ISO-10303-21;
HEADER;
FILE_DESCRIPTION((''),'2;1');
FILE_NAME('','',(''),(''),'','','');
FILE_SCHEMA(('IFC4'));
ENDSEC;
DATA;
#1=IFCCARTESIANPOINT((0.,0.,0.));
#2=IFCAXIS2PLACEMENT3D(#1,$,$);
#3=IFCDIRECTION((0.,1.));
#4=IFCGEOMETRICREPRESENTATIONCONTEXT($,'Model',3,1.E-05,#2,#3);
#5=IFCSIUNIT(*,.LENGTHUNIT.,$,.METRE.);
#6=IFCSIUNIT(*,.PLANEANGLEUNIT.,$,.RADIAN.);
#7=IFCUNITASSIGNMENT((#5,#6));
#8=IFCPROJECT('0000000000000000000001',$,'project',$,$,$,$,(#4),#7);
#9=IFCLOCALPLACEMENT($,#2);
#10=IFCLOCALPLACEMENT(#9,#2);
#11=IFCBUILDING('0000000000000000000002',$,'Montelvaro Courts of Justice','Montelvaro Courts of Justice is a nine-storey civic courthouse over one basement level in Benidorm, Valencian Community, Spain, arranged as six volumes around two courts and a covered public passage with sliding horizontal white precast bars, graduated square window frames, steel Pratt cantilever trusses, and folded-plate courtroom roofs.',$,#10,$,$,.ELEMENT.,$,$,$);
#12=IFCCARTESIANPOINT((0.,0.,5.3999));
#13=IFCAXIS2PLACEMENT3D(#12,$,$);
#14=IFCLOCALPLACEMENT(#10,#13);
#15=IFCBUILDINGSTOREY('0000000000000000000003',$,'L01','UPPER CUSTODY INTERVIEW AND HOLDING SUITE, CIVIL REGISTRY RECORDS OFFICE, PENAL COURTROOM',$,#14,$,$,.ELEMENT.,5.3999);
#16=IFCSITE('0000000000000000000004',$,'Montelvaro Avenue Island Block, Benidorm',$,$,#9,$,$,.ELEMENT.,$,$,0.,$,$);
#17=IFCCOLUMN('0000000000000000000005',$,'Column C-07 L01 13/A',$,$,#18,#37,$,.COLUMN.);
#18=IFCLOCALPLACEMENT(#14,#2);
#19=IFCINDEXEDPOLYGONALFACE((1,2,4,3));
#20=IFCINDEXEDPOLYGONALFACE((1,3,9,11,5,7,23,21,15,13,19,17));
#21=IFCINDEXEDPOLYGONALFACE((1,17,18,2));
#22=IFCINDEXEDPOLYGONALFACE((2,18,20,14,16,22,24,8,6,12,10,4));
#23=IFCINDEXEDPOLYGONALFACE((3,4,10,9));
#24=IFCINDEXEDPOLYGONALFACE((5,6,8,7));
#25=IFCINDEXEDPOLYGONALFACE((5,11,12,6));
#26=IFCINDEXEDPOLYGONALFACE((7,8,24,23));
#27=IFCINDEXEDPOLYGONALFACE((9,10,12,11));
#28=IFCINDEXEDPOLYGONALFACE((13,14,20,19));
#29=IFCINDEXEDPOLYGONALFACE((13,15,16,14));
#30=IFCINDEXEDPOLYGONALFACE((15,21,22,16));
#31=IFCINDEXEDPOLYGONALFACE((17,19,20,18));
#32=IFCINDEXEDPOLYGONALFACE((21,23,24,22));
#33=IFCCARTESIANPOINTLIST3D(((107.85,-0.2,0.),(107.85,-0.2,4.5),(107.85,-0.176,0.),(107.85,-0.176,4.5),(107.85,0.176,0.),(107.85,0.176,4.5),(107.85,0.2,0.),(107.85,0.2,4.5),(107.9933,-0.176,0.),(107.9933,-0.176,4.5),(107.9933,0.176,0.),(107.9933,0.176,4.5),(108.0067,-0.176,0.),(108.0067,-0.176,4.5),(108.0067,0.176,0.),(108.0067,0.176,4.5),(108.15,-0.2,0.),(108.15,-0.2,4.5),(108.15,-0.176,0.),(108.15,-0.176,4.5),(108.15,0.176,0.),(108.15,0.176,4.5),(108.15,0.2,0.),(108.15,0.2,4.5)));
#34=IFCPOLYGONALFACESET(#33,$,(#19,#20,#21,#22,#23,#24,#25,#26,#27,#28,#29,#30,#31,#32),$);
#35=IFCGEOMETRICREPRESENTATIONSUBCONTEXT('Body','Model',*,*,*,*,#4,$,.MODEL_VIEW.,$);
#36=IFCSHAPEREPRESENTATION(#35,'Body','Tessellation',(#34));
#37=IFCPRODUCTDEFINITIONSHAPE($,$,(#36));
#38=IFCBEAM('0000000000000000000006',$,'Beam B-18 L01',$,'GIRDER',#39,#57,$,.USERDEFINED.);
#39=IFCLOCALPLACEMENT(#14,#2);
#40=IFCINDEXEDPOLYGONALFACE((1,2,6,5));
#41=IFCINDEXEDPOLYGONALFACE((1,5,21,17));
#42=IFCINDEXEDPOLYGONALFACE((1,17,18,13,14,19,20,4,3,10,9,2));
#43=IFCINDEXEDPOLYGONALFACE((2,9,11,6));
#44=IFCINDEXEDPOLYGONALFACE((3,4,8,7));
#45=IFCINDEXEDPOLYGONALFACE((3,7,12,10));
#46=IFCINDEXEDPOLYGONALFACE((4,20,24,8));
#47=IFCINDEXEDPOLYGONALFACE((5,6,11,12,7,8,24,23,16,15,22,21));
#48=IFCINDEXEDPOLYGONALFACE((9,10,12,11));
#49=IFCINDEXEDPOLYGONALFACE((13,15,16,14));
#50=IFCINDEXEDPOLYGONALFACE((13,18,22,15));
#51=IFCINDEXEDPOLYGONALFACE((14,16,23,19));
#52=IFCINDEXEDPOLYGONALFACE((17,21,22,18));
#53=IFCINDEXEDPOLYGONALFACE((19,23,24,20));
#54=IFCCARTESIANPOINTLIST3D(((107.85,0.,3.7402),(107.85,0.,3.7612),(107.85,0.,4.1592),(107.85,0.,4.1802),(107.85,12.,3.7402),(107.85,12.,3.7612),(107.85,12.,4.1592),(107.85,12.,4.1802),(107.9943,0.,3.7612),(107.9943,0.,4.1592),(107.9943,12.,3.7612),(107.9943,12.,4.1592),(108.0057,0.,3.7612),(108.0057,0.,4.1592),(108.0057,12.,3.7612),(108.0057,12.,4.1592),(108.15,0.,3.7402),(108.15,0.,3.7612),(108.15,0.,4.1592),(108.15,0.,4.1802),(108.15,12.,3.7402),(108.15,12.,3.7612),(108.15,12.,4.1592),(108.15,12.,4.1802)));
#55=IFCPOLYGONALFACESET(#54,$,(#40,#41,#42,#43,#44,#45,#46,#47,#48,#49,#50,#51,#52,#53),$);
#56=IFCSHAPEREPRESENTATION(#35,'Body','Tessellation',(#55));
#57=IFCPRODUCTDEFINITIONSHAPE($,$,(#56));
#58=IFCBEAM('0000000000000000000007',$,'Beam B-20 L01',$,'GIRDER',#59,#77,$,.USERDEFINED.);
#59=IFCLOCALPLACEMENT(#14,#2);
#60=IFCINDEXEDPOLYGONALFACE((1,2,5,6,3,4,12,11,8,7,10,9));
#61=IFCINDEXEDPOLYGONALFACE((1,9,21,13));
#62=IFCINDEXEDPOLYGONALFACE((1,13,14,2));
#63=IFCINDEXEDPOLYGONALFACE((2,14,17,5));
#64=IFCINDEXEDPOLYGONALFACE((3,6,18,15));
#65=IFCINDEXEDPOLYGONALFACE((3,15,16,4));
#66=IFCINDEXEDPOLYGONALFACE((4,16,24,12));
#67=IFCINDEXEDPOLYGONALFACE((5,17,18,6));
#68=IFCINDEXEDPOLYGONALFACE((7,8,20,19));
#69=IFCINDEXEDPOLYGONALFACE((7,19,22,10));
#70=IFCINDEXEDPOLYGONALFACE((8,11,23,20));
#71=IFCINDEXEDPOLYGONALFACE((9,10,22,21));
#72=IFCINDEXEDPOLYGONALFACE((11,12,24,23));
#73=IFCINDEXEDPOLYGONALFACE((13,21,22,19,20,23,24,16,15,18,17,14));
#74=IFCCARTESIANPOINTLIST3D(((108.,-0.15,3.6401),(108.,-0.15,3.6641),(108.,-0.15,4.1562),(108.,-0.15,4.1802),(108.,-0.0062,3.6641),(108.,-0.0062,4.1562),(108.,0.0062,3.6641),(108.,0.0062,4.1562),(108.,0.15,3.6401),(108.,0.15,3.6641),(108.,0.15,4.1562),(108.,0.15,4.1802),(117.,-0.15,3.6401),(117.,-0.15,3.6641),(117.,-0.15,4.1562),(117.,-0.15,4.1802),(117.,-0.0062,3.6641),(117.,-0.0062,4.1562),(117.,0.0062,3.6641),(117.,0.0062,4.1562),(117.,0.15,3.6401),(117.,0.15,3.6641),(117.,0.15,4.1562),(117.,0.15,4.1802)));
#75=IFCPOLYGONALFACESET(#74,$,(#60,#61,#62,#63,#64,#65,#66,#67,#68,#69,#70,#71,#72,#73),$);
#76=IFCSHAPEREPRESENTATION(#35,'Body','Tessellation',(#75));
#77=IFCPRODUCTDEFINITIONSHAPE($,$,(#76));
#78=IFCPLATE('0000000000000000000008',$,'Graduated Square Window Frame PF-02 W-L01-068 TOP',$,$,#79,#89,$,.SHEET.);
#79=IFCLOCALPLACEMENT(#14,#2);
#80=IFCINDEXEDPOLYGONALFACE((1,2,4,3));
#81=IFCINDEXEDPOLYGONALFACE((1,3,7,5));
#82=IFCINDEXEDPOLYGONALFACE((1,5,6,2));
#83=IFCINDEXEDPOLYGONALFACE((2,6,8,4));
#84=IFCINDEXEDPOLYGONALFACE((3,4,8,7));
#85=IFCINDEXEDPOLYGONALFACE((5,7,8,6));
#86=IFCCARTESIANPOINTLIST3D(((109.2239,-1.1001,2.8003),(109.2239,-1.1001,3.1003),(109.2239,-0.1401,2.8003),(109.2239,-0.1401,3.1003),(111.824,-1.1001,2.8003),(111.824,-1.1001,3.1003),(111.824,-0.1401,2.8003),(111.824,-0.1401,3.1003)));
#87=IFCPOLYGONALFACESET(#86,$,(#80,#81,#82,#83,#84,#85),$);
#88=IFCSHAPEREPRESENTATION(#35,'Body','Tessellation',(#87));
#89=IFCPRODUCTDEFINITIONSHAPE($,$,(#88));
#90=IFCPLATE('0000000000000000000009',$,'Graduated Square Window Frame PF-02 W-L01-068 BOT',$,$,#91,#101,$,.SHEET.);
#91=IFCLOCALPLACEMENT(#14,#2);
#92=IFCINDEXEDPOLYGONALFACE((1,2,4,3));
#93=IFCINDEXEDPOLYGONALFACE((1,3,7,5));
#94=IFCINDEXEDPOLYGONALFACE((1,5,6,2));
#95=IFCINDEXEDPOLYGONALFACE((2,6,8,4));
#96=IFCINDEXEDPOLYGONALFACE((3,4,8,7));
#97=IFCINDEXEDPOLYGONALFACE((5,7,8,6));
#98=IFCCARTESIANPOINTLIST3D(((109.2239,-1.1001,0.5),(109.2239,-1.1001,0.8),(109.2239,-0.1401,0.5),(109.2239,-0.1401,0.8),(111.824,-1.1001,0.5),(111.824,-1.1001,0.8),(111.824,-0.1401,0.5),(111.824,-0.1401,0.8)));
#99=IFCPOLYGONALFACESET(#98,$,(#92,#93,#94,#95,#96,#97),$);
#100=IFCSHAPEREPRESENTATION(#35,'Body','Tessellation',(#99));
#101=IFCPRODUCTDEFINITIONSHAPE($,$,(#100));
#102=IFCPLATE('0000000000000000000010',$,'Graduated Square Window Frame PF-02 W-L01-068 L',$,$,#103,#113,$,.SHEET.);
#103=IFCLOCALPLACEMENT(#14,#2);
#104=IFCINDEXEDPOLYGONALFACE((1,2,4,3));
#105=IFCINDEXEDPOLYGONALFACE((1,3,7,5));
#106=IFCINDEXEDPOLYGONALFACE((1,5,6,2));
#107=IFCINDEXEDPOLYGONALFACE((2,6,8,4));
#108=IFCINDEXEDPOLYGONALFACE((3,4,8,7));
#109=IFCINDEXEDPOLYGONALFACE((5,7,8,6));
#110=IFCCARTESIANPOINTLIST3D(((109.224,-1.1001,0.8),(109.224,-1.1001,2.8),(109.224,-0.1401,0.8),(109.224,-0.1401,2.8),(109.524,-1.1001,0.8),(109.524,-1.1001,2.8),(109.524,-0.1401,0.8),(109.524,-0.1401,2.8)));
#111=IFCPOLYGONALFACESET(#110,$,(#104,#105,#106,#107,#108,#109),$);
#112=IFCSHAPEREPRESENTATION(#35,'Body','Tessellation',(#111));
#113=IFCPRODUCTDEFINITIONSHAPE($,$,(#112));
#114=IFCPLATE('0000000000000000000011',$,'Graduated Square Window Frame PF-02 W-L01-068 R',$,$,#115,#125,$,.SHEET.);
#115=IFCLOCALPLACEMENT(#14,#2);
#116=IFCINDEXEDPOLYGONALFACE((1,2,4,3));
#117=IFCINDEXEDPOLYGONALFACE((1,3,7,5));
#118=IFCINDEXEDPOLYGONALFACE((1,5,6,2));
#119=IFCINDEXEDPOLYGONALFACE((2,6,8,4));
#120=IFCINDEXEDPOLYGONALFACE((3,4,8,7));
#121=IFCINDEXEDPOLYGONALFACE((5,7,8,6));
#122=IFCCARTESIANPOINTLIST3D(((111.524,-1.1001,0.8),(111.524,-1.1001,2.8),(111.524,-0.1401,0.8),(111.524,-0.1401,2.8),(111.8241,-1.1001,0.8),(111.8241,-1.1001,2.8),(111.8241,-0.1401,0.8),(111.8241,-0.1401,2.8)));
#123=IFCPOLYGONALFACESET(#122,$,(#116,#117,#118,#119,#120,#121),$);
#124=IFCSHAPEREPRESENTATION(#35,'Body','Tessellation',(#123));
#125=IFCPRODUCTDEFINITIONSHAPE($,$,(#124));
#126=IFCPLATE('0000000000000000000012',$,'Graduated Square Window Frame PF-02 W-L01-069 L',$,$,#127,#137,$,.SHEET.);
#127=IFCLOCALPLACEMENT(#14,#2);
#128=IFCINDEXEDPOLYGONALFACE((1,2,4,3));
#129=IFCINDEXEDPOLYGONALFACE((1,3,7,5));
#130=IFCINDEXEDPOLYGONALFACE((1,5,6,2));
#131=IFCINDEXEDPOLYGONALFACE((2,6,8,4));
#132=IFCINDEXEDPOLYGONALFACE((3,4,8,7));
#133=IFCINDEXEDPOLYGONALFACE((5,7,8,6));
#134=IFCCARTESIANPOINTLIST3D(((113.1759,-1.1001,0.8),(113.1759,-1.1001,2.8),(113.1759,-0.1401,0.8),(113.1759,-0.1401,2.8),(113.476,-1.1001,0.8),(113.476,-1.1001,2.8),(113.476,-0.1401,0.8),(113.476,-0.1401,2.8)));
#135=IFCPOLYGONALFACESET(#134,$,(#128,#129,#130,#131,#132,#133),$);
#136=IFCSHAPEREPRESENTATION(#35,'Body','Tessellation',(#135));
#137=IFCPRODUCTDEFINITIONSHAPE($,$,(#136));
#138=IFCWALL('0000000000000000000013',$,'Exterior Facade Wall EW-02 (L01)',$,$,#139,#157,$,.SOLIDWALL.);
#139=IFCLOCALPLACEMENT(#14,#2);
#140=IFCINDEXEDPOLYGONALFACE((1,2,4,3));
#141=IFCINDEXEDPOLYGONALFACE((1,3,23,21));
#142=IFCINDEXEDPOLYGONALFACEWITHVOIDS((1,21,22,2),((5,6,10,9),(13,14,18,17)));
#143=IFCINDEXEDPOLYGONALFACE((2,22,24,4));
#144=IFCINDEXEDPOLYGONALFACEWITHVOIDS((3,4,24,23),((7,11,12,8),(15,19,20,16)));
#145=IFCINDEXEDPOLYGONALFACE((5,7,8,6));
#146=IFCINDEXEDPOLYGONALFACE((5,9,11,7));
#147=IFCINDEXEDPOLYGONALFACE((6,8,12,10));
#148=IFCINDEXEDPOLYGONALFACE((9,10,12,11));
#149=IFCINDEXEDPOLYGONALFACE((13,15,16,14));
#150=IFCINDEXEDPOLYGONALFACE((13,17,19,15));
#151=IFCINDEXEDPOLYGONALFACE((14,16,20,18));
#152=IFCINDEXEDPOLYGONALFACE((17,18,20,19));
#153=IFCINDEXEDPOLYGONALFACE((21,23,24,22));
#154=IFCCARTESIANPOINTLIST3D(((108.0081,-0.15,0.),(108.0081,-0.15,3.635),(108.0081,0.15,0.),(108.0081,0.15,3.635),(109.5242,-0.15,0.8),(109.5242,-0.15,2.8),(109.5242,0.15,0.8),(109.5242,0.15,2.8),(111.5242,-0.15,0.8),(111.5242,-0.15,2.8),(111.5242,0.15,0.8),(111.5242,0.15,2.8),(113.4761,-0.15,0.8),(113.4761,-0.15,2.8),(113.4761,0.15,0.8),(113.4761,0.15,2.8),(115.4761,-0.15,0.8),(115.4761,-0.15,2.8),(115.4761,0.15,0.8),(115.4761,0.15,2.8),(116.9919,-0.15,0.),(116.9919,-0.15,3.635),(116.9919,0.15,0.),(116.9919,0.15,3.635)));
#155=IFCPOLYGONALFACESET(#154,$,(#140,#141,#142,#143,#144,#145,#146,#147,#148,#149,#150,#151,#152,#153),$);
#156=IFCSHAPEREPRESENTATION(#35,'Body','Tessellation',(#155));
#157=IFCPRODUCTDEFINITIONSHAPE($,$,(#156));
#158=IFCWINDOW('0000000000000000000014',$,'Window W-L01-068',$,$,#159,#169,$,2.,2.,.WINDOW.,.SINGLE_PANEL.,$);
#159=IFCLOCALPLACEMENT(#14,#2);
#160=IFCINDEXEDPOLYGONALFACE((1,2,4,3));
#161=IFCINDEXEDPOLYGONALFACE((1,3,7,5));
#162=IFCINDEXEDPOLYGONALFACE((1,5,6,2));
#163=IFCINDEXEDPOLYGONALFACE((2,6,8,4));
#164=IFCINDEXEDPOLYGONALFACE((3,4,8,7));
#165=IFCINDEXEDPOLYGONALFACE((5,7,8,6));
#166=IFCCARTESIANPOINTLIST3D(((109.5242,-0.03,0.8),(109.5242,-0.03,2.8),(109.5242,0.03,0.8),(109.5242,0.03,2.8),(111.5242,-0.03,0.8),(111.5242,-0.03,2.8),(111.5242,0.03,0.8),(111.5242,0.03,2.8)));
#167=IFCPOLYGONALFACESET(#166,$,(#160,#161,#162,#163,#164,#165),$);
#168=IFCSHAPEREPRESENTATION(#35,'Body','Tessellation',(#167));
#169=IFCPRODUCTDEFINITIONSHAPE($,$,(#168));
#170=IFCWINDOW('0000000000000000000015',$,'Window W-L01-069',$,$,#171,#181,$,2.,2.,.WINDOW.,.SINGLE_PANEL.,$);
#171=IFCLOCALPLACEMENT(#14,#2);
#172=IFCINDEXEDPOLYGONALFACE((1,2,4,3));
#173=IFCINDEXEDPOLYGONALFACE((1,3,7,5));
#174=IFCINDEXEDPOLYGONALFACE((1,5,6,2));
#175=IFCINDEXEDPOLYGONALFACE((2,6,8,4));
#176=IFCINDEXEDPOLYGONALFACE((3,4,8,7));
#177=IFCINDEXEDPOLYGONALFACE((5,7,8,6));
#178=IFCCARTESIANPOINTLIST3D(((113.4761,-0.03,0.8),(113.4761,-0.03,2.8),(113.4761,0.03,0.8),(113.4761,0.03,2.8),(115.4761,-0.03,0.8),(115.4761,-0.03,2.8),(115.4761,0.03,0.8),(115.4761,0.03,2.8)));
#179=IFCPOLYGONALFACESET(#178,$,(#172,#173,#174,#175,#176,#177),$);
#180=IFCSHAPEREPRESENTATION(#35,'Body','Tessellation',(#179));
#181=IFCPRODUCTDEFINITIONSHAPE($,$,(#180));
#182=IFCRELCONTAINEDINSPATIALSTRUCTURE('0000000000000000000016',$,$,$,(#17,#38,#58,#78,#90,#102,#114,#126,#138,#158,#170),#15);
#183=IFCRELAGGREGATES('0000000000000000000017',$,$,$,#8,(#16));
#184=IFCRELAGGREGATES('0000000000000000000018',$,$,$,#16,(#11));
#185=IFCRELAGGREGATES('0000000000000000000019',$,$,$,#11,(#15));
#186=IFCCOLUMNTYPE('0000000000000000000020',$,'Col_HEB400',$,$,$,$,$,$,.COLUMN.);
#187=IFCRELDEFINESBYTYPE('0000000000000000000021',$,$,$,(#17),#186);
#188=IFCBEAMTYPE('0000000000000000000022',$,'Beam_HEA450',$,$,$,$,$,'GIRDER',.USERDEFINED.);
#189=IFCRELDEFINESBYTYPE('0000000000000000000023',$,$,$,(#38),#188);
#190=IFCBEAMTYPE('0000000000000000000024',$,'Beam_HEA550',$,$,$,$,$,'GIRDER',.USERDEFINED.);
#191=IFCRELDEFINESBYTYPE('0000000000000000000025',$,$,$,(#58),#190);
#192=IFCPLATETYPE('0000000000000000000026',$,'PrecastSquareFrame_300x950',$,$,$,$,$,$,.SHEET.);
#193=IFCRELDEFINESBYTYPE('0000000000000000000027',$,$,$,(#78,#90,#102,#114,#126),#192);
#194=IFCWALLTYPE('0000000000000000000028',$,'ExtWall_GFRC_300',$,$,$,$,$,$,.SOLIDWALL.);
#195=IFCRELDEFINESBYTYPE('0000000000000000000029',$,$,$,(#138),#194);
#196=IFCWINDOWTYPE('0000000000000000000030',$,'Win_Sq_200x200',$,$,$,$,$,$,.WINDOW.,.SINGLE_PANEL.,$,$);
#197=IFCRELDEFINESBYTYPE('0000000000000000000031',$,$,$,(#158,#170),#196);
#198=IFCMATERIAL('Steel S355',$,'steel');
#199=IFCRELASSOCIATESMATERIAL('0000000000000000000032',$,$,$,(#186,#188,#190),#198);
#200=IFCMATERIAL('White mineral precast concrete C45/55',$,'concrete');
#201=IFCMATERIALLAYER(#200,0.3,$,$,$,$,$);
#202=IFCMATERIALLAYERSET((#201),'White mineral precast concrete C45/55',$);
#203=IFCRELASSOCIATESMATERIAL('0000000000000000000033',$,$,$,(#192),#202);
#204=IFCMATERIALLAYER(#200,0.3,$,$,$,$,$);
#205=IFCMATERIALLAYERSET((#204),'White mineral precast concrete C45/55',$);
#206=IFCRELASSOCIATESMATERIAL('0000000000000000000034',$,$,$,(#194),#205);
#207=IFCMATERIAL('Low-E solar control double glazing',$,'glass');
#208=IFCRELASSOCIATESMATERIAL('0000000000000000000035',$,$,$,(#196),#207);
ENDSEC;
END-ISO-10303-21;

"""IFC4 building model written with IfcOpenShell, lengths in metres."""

from ifc_helpers import new_model, si_unit, direction, frame, frame_2d, origin, origin_2d, place, context, subcontext, project, spatial, rectangle, i_section, extrude, material, layer, layer_set, material_profile, profile_set, type_object, element, fill, save


model = new_model("IFC4")

# Units and contexts
model_context = context("Model", 3, precision=1e-05, world=origin(), true_north=direction((0.0, 1.0)))
body_context = subcontext(model_context, "Body", "Model", "MODEL_VIEW")
ifc_project = project(units=[si_unit("LENGTHUNIT", "METRE"), si_unit("PLANEANGLEUNIT", "RADIAN")], contexts=[model_context])

# Site, building, storey
site_placement = place(None, origin())
site = spatial("IfcSite", under=ifc_project, at=site_placement, Name="Montelvaro Avenue Island Block, Benidorm", CompositionType="ELEMENT", RefElevation=0.0)
building_placement = place(site_placement, origin())
building = spatial("IfcBuilding", under=site, at=building_placement, Name="Montelvaro Courts of Justice", Description="Montelvaro Courts of Justice is a nine-storey civic courthouse over one basement level in Benidorm, Valencian Community, Spain, arranged as six volumes around two courts and a covered public passage with sliding horizontal white precast bars, graduated square window frames, steel Pratt cantilever trusses, and folded-plate courtroom roofs.", CompositionType="ELEMENT")
storey_placement = place(building_placement, frame((0.0, 0.0, 5.3999)))
storey = spatial("IfcBuildingStorey", under=building, at=storey_placement, Name="L01", Description="UPPER CUSTODY INTERVIEW AND HOLDING SUITE, CIVIL REGISTRY RECORDS OFFICE, PENAL COURTROOM", CompositionType="ELEMENT", Elevation=5.3999)

# Column
ifc_material_1 = material(Name="Steel S355", Category="steel")
ifc_material_profile_1 = material_profile(ifc_material_1, i_section(OverallWidth=0.3, OverallDepth=0.3999, WebThickness=0.0134, FlangeThickness=0.0239, at=origin_2d()), Name="HEB 400")
ifc_profile_set_1 = profile_set([ifc_material_profile_1], Name="Steel S355")
column_type = type_object("IfcColumnType", Name="Col_HEB400", PredefinedType="COLUMN", material=ifc_profile_set_1)
column_placement = place(storey_placement, frame((108.0, 0.0, 0.0), z_axis=(0.0, 0.0, 1.0), x_axis=(1.0, 0.0, 0.0)))
element("IfcColumn", 1, at=column_placement, inside=storey, type_object=column_type, Name="Column C-07 L01 13/A", PredefinedType="COLUMN", context=body_context, shape_type="SweptSolid", body=[
    extrude(i_section(OverallWidth=0.3, OverallDepth=0.3999, WebThickness=0.0134, FlangeThickness=0.0239, at=origin_2d()), origin(), (0.0, 0.0, 1.0), 4.5),
])

# Beams
ifc_material_profile_2 = material_profile(ifc_material_1, i_section(OverallWidth=0.3, OverallDepth=0.4399, WebThickness=0.0115, FlangeThickness=0.021, at=origin_2d()), Name="HEA 450")
ifc_profile_set_2 = profile_set([ifc_material_profile_2], Name="Steel S355")
beam_type_1 = type_object("IfcBeamType", Name="Beam_HEA450", ElementType="GIRDER", PredefinedType="USERDEFINED", material=ifc_profile_set_2)
beam_1_placement = place(storey_placement, frame((108.0, 0.0, 3.9602), z_axis=(0.0, 1.0, 0.0), x_axis=(-1.0, 0.0, 0.0)))
element("IfcBeam", 2, at=beam_1_placement, inside=storey, type_object=beam_type_1, Name="Beam B-18 L01", ObjectType="GIRDER", PredefinedType="USERDEFINED", context=body_context, shape_type="SweptSolid", body=[
    extrude(i_section(OverallWidth=0.3, OverallDepth=0.4399, WebThickness=0.0115, FlangeThickness=0.021, at=origin_2d()), origin(), (0.0, 0.0, 1.0), 12.0),
])
ifc_material_profile_3 = material_profile(ifc_material_1, i_section(OverallWidth=0.3, OverallDepth=0.54, WebThickness=0.0125, FlangeThickness=0.0239, at=origin_2d()), Name="HEA 550")
ifc_profile_set_3 = profile_set([ifc_material_profile_3], Name="Steel S355")
beam_type_2 = type_object("IfcBeamType", Name="Beam_HEA550", ElementType="GIRDER", PredefinedType="USERDEFINED", material=ifc_profile_set_3)
beam_2_placement = place(storey_placement, frame((108.0, 0.0, 3.9102), z_axis=(1.0, 0.0, 0.0), x_axis=(0.0, 1.0, 0.0)))
element("IfcBeam", 3, at=beam_2_placement, inside=storey, type_object=beam_type_2, Name="Beam B-20 L01", ObjectType="GIRDER", PredefinedType="USERDEFINED", context=body_context, shape_type="SweptSolid", body=[
    extrude(i_section(OverallWidth=0.3, OverallDepth=0.54, WebThickness=0.0125, FlangeThickness=0.0239, at=origin_2d()), origin(), (0.0, 0.0, 1.0), 9.0),
])

# Plates
ifc_material_2 = material(Name="White mineral precast concrete C45/55", Category="concrete")
ifc_layer_1 = layer(ifc_material_2, 0.3)
ifc_layer_set_1 = layer_set([ifc_layer_1], Name="White mineral precast concrete C45/55")
plate_type = type_object("IfcPlateType", Name="PrecastSquareFrame_300x950", PredefinedType="SHEET", material=ifc_layer_set_1)
for number, where, z_axis, x_axis, name in (
    (4, (110.5239, -0.6201, 2.8003), (0.0, 0.0, 1.0), (1.0, 0.0, 0.0), "Graduated Square Window Frame PF-02 W-L01-068 TOP"),
    (5, (110.5239, -0.6201, 0.5), (0.0, 0.0, 1.0), (1.0, 0.0, 0.0), "Graduated Square Window Frame PF-02 W-L01-068 BOT"),
):
    element("IfcPlate", number, at=place(storey_placement, frame(where, z_axis=z_axis, x_axis=x_axis)), inside=storey, type_object=plate_type, Name=name, PredefinedType="SHEET", context=body_context, shape_type="SweptSolid", body=[
        extrude(rectangle(XDim=2.6001, YDim=0.96, at=origin_2d()), origin(), (0.0, 0.0, 1.0), 0.3),
    ])
for number, where, z_axis, x_axis, name in (
    (6, (109.374, -0.6201, 0.8), (0.0, 0.0, 1.0), (1.0, 0.0, 0.0), "Graduated Square Window Frame PF-02 W-L01-068 L"),
    (7, (111.6741, -0.6201, 0.8), (0.0, 0.0, 1.0), (1.0, 0.0, 0.0), "Graduated Square Window Frame PF-02 W-L01-068 R"),
    (8, (113.3259, -0.6201, 0.8), (0.0, 0.0, 1.0), (1.0, 0.0, 0.0), "Graduated Square Window Frame PF-02 W-L01-069 L"),
):
    element("IfcPlate", number, at=place(storey_placement, frame(where, z_axis=z_axis, x_axis=x_axis)), inside=storey, type_object=plate_type, Name=name, PredefinedType="SHEET", context=body_context, shape_type="SweptSolid", body=[
        extrude(rectangle(XDim=0.3, YDim=0.96, at=origin_2d()), origin(), (0.0, 0.0, 1.0), 2.0),
    ])

# Wall, openings, windows
ifc_layer_2 = layer(ifc_material_2, 0.3)
ifc_layer_set_2 = layer_set([ifc_layer_2], Name="White mineral precast concrete C45/55")
wall_type_1 = type_object("IfcWallType", Name="ExtWall_GFRC_300", PredefinedType="SOLIDWALL", material=ifc_layer_set_2)
wall_1_placement = place(storey_placement, frame((108.0081, 0.0, 0.0), z_axis=(0.0, 0.0, 1.0), x_axis=(1.0, 0.0, 0.0)))
wall_1 = element("IfcWall", 9, at=wall_1_placement, inside=storey, type_object=wall_type_1, Name="Exterior Facade Wall EW-02 (L01)", PredefinedType="SOLIDWALL", context=body_context, shape_type="SweptSolid", body=[
    extrude(rectangle(XDim=8.9839, YDim=0.3, at=frame_2d((4.4919, 0.0))), origin(), (0.0, 0.0, 1.0), 3.635),
])
opening_1_placement = place(wall_1_placement, frame((1.5161, 0.0, 0.8)))
opening_1 = element("IfcOpeningElement", 10, at=opening_1_placement, cuts=wall_1, PredefinedType="OPENING", context=body_context, shape_type="SweptSolid", body=[
    extrude(rectangle(XDim=2.0, YDim=2.0, at=frame_2d((1.0, 1.0))), frame((0.0, 0.165, 0.0), z_axis=(0.0, -1.0, 0.0), x_axis=(1.0, 0.0, 0.0)), (0.0, 0.0, 1.0), 0.3298),
])
opening_2_placement = place(wall_1_placement, frame((5.468, 0.0, 0.8)))
opening_2 = element("IfcOpeningElement", 11, at=opening_2_placement, cuts=wall_1, PredefinedType="OPENING", context=body_context, shape_type="SweptSolid", body=[
    extrude(rectangle(XDim=2.0, YDim=2.0, at=frame_2d((1.0, 1.0))), frame((0.0, 0.165, 0.0), z_axis=(0.0, -1.0, 0.0), x_axis=(1.0, 0.0, 0.0)), (0.0, 0.0, 1.0), 0.3298),
])
ifc_material_3 = material(Name="Low-E solar control double glazing", Category="glass")
window_type = type_object("IfcWindowType", Name="Win_Sq_200x200", PartitioningType="SINGLE_PANEL", PredefinedType="WINDOW", material=ifc_material_3)
window_1_placement = place(opening_1_placement, origin())
window_1 = element("IfcWindow", 12, at=window_1_placement, inside=storey, type_object=window_type, Name="Window W-L01-068", OverallHeight=2.0, OverallWidth=2.0, PartitioningType="SINGLE_PANEL", PredefinedType="WINDOW", context=body_context, shape_type="SweptSolid", body=[
    extrude(rectangle(XDim=2.0, YDim=2.0, at=frame_2d((1.0, 1.0))), frame((0.0, 0.03, 0.0), z_axis=(0.0, -1.0, 0.0), x_axis=(1.0, 0.0, 0.0)), (0.0, 0.0, 1.0), 0.0601),
])
fill(opening_1, window_1)
window_2_placement = place(opening_2_placement, origin())
window_2 = element("IfcWindow", 13, at=window_2_placement, inside=storey, type_object=window_type, Name="Window W-L01-069", OverallHeight=2.0, OverallWidth=2.0, PartitioningType="SINGLE_PANEL", PredefinedType="WINDOW", context=body_context, shape_type="SweptSolid", body=[
    extrude(rectangle(XDim=2.0, YDim=2.0, at=frame_2d((1.0, 1.0))), frame((0.0, 0.03, 0.0), z_axis=(0.0, -1.0, 0.0), x_axis=(1.0, 0.0, 0.0)), (0.0, 0.0, 1.0), 0.0601),
])
fill(opening_2, window_2)

save(model, "model.ifc")
